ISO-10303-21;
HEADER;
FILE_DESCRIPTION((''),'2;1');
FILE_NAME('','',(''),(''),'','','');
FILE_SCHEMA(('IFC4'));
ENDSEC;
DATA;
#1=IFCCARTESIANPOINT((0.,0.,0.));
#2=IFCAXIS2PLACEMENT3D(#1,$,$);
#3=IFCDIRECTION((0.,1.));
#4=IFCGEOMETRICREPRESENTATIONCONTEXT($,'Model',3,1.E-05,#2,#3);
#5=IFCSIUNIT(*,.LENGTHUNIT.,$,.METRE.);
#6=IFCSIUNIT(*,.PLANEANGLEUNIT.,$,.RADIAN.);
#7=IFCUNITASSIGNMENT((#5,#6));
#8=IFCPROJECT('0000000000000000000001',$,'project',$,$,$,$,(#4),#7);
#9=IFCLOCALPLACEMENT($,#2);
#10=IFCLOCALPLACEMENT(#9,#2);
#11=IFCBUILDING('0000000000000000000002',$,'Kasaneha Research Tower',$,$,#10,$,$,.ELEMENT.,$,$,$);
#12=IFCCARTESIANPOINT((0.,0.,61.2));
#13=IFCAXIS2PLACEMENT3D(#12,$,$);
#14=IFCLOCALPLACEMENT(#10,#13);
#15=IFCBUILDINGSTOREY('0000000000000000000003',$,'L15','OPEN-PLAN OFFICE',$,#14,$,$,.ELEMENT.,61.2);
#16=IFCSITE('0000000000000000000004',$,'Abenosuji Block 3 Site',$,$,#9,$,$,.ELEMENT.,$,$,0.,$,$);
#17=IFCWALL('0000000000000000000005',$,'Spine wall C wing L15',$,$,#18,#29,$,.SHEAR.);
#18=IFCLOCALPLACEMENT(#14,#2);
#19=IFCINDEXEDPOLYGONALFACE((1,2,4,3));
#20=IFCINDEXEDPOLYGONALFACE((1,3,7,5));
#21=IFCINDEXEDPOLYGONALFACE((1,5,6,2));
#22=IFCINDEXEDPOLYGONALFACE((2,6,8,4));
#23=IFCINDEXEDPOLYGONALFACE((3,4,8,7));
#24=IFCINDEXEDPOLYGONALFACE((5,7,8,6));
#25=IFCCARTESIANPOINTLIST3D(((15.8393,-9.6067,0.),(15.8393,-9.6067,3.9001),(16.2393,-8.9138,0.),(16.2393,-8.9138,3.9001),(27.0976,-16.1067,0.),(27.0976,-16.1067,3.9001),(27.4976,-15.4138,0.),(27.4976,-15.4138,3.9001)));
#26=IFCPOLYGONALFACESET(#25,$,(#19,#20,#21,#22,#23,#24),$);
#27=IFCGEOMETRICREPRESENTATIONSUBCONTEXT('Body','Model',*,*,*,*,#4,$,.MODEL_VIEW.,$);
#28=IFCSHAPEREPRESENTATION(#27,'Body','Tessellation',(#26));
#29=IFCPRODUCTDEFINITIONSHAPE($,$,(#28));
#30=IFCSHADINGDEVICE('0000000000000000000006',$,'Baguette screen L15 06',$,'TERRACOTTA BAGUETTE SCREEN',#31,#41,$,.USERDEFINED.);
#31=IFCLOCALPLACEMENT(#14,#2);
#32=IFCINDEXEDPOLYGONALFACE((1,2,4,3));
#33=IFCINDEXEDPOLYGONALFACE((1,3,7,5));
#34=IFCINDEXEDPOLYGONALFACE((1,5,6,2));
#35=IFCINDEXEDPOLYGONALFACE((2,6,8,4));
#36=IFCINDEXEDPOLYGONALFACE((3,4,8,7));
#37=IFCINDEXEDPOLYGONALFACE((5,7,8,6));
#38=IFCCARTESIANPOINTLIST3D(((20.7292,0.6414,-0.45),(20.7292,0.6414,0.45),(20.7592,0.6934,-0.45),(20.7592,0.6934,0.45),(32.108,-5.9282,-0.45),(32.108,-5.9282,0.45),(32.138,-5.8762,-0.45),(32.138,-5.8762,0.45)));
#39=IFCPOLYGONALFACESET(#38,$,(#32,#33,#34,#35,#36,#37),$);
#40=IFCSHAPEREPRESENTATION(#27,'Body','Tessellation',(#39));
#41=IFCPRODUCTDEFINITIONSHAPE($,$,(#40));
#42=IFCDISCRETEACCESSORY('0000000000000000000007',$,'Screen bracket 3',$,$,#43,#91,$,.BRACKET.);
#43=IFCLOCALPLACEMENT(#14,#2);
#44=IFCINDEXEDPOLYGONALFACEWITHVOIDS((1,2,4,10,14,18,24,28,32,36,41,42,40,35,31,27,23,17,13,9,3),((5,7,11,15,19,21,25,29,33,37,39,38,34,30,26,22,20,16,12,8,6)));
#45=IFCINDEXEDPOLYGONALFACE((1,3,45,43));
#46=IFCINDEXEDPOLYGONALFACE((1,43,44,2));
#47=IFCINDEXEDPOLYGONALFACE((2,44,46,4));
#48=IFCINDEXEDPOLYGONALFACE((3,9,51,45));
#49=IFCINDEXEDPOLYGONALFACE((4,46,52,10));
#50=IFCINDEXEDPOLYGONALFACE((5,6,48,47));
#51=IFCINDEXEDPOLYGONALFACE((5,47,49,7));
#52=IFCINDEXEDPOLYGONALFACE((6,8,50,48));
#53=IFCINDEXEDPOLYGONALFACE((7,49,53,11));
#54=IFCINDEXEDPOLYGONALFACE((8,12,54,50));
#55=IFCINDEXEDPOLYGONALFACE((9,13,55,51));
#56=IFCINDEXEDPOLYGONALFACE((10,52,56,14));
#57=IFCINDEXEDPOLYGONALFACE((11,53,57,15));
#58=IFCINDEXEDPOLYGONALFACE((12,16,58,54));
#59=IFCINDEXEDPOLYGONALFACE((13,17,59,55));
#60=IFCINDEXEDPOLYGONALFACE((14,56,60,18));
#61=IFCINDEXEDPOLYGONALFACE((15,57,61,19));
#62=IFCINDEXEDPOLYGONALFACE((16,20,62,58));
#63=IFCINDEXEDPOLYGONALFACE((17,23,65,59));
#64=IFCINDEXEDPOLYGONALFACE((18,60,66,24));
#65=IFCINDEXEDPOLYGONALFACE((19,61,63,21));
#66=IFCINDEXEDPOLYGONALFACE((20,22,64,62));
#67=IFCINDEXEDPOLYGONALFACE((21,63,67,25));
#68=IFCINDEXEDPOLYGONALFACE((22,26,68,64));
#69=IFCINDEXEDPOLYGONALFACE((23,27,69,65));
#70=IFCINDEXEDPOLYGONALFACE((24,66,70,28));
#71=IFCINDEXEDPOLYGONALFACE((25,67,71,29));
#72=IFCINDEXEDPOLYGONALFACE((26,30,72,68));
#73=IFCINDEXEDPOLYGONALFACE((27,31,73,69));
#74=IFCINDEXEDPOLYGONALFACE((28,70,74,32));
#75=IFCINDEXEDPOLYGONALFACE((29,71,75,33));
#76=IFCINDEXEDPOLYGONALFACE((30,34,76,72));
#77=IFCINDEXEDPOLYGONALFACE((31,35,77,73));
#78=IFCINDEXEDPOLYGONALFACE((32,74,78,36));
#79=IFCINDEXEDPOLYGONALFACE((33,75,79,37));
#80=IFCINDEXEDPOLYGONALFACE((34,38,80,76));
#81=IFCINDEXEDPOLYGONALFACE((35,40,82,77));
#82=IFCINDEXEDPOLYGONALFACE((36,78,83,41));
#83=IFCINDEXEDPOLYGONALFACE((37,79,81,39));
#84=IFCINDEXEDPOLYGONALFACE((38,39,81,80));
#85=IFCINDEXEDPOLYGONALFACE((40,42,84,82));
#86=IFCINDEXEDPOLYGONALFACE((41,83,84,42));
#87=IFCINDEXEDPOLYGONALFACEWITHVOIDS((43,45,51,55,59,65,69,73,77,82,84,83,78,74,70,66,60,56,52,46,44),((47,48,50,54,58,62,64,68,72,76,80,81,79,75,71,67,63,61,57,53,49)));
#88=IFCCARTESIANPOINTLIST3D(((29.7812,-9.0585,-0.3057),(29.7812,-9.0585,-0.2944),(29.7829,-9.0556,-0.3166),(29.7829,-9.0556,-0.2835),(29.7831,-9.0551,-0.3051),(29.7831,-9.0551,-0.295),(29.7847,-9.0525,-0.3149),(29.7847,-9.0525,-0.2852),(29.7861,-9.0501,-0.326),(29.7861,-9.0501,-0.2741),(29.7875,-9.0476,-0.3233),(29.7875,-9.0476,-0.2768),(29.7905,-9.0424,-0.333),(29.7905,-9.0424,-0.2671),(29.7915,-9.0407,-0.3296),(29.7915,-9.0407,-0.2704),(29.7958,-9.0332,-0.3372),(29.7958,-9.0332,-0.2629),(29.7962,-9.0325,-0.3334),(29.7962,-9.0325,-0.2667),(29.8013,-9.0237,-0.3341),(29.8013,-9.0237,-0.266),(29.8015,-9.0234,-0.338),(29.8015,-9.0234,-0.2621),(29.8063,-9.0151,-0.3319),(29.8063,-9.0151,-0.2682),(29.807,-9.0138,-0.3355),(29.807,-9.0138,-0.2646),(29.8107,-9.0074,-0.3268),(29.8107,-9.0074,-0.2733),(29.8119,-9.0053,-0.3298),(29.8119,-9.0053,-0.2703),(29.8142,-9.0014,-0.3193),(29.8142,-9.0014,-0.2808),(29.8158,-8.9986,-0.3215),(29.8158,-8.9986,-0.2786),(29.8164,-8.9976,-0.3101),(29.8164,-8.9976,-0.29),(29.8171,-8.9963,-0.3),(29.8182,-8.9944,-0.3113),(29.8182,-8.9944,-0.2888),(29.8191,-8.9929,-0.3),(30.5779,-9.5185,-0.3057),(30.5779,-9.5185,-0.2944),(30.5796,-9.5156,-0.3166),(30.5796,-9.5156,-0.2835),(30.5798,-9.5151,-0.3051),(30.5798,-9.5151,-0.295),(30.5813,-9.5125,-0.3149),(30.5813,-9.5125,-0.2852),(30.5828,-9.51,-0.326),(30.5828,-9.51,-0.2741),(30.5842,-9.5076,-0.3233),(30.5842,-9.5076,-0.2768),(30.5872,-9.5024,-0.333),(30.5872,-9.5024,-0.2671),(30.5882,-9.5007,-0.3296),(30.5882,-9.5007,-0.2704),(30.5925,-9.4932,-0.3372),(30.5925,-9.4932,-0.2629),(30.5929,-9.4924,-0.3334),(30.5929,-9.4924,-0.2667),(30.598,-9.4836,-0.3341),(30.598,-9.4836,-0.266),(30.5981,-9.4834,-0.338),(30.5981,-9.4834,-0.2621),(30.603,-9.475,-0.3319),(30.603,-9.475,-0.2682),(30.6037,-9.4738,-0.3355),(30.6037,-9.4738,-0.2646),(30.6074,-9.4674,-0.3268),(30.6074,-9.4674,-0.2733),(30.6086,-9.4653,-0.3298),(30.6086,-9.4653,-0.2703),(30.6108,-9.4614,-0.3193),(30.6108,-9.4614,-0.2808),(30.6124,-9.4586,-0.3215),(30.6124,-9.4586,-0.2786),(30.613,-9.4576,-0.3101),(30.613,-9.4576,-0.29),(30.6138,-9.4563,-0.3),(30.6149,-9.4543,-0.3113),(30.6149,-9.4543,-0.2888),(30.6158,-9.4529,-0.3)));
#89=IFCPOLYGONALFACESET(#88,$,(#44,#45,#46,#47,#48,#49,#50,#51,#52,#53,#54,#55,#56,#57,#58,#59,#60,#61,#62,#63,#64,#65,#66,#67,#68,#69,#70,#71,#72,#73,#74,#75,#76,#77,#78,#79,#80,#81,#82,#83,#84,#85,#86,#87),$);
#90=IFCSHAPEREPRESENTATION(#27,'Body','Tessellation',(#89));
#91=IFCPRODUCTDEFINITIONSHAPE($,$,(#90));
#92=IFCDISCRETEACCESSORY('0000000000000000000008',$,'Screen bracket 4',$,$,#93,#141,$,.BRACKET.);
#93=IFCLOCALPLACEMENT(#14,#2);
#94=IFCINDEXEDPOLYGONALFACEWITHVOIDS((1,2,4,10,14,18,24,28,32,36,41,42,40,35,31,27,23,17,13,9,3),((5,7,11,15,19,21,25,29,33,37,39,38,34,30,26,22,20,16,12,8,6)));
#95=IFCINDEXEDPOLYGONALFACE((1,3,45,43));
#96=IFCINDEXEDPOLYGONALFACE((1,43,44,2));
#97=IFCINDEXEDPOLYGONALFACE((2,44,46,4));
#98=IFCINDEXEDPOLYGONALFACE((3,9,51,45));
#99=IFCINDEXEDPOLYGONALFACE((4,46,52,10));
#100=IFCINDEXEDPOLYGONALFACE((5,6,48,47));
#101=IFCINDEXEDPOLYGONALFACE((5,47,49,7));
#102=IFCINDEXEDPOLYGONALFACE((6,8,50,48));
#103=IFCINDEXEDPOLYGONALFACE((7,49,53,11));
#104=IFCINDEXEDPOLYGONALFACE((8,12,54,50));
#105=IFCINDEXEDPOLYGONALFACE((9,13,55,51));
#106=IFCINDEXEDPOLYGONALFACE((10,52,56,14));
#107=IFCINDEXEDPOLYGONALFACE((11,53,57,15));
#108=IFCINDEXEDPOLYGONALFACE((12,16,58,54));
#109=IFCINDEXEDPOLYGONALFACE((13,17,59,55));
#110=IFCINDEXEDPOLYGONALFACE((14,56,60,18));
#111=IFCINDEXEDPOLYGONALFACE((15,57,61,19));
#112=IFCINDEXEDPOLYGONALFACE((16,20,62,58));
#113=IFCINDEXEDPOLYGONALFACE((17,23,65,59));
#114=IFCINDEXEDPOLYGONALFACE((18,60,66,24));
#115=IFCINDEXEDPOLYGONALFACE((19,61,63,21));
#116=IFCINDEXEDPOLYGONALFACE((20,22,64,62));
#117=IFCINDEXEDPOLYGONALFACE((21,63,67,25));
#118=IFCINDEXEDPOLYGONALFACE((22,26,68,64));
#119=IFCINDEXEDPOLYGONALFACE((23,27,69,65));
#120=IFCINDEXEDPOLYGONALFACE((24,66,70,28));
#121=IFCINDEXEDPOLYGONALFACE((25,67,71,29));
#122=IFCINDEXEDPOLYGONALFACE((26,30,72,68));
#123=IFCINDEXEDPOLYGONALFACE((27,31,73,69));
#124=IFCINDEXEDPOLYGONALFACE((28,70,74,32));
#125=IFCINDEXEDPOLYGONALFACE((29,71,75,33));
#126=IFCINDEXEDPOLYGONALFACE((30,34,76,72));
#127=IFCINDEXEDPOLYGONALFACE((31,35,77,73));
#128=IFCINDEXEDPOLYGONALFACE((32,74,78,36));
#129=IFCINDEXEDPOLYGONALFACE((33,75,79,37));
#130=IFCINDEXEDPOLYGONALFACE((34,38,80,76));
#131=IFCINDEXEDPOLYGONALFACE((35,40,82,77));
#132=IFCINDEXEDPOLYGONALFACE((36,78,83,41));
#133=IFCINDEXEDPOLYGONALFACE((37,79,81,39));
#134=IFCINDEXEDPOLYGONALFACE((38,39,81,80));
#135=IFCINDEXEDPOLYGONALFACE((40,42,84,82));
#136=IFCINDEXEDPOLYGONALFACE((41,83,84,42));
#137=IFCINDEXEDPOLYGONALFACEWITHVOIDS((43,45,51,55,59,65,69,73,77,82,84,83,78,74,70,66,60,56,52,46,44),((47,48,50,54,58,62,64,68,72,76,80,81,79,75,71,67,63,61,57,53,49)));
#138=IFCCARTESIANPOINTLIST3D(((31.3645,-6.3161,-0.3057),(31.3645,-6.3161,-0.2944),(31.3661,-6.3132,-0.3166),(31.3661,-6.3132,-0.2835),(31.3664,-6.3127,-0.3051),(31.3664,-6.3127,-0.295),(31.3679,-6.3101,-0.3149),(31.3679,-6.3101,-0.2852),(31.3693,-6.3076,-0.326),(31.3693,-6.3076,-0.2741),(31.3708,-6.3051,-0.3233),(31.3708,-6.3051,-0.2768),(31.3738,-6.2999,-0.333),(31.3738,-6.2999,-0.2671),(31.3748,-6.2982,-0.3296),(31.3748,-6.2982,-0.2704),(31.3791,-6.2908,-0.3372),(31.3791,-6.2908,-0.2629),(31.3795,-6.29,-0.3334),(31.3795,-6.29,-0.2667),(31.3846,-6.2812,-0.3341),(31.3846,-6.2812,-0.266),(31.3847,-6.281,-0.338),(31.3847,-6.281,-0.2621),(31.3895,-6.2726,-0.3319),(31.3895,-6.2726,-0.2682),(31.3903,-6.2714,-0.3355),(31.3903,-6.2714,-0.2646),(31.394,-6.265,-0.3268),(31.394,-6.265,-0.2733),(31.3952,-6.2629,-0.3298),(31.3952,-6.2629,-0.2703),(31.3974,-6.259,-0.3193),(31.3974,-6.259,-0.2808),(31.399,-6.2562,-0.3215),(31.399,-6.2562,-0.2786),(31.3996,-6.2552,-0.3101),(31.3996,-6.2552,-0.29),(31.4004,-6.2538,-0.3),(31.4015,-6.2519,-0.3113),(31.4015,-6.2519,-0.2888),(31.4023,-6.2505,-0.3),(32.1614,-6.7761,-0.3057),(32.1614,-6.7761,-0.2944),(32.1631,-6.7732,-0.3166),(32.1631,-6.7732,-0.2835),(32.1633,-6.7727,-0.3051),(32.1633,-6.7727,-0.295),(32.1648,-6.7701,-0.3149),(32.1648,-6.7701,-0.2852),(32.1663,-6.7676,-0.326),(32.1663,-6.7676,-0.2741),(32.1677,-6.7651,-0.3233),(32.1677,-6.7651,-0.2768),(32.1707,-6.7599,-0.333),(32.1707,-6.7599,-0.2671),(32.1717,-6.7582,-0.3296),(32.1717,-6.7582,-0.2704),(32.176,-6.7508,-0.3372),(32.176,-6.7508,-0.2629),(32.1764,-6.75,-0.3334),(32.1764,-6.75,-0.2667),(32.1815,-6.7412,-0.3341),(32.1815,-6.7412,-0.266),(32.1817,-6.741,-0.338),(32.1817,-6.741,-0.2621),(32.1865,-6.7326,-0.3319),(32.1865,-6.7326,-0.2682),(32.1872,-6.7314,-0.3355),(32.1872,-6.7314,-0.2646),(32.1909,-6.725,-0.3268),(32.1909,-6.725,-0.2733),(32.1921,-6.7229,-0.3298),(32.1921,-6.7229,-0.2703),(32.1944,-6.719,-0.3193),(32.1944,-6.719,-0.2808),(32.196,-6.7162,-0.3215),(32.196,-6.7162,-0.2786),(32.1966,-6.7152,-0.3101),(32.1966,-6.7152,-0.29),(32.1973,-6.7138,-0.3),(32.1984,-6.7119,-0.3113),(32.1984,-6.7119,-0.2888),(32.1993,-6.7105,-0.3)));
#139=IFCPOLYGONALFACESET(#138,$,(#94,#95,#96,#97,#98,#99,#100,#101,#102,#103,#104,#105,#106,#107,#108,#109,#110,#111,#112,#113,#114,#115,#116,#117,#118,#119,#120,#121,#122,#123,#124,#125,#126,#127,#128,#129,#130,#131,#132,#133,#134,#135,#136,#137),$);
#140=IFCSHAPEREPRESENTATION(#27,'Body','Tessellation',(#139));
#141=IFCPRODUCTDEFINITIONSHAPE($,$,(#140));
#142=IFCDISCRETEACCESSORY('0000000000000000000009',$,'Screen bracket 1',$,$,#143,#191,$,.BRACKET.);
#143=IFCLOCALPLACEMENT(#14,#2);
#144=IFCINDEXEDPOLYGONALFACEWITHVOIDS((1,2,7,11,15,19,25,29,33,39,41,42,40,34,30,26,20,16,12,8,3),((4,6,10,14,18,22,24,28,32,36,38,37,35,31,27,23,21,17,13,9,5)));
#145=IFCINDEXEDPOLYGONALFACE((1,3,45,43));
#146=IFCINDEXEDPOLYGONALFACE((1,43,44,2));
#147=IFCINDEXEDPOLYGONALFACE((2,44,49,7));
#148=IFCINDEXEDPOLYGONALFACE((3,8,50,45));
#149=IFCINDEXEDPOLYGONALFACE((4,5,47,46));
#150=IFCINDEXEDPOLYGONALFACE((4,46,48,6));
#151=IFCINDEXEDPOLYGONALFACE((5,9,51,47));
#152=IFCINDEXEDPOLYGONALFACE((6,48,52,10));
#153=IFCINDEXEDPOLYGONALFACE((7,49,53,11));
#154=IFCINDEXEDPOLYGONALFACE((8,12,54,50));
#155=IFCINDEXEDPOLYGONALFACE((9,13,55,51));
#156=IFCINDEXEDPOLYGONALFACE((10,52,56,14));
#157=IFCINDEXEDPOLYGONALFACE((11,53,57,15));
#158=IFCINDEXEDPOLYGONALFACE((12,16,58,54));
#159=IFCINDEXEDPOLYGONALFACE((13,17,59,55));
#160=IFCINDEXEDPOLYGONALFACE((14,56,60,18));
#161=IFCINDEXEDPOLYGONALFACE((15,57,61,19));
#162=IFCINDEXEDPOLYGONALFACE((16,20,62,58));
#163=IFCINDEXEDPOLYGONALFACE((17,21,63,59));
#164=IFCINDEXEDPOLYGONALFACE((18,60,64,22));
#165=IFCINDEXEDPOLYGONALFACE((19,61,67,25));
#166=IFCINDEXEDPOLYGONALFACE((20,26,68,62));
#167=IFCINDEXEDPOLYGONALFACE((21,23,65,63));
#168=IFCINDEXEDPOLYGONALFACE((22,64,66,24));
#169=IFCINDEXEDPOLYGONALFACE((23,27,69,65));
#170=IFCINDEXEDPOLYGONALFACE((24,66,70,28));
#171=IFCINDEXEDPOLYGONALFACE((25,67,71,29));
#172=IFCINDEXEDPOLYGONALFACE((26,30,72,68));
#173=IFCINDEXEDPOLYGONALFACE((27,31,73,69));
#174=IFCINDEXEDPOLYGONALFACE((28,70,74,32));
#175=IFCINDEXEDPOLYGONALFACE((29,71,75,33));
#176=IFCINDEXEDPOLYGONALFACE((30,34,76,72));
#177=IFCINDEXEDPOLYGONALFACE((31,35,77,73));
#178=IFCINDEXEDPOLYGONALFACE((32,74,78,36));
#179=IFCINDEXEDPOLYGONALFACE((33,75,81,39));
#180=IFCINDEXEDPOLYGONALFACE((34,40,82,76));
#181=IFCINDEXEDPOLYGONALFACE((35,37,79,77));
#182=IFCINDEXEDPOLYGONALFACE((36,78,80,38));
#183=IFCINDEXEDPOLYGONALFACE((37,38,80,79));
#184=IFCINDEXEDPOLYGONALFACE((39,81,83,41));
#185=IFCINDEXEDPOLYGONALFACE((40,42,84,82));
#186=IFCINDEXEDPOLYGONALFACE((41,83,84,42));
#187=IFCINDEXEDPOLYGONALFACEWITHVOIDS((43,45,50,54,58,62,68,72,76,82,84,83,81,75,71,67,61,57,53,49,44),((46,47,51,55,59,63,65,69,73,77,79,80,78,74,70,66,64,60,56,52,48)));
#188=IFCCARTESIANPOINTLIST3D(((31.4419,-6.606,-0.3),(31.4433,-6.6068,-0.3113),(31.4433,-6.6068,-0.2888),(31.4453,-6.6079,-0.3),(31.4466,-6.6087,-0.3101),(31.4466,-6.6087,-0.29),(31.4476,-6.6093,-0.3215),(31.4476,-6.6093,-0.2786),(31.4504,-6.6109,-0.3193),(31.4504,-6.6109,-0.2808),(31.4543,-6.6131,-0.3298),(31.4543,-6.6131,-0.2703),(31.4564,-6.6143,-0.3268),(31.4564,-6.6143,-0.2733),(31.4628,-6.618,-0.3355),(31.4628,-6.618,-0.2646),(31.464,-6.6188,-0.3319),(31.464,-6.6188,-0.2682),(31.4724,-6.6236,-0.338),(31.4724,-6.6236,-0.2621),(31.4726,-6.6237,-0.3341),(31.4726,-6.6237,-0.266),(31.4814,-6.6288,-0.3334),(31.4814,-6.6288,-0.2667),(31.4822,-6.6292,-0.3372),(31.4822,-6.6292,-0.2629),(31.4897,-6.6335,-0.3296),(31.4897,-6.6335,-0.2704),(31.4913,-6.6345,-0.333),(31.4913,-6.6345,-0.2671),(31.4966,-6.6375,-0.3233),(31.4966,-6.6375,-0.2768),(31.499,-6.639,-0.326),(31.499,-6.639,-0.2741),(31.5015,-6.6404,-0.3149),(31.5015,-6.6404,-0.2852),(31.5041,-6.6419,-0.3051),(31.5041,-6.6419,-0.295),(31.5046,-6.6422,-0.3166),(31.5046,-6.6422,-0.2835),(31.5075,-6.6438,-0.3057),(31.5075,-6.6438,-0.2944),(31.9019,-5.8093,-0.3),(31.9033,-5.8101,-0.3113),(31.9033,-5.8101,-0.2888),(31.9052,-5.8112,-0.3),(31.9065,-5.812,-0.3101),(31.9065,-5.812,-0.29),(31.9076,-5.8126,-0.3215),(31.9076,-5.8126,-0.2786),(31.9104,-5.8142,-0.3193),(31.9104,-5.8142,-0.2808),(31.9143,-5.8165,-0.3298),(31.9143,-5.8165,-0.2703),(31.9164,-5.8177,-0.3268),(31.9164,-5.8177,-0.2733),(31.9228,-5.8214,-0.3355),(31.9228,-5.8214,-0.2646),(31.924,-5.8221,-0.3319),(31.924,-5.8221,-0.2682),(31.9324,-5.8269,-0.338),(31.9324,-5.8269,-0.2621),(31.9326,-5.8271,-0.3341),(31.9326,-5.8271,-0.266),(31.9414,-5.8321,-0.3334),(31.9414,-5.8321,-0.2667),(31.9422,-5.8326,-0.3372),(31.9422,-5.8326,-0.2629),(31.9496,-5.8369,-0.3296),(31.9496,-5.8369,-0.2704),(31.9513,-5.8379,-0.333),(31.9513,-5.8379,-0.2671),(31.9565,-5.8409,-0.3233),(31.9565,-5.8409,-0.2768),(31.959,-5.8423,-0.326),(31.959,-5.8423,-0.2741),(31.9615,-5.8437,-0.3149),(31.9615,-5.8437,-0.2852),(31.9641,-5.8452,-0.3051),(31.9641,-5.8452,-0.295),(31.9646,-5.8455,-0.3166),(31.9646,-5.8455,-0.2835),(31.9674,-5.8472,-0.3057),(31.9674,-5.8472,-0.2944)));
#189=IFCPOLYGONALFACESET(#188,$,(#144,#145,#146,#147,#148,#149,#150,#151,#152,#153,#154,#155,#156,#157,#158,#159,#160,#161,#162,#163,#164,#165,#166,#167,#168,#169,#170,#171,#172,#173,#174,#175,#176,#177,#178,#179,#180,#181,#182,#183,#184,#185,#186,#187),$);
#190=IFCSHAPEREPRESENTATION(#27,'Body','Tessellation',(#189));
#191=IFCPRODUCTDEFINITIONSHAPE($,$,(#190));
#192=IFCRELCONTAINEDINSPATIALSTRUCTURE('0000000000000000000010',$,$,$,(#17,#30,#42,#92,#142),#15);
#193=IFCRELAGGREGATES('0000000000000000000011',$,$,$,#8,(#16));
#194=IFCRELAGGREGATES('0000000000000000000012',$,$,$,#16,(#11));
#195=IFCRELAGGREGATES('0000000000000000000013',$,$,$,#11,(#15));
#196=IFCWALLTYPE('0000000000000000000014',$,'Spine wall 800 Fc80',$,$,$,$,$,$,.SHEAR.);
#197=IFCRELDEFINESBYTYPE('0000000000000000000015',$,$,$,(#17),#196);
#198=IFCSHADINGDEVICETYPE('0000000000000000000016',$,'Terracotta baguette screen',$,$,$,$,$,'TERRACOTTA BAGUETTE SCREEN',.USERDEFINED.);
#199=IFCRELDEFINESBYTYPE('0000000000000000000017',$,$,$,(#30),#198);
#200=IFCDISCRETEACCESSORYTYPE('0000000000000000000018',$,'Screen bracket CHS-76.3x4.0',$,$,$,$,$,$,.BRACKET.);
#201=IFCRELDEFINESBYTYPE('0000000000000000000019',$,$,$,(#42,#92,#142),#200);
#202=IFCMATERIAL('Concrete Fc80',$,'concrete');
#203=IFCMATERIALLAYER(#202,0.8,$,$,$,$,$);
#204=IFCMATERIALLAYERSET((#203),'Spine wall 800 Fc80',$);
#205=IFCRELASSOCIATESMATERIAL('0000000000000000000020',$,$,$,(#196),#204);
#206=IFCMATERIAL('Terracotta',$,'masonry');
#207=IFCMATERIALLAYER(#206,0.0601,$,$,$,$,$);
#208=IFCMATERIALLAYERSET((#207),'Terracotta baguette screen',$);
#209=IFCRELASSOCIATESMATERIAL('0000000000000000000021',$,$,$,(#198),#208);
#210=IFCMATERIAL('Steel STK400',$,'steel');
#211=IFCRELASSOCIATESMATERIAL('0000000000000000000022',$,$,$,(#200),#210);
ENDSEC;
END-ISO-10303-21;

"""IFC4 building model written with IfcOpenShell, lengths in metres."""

from ifc_helpers import new_model, si_unit, direction, frame, frame_2d, origin, origin_2d, place, context, subcontext, project, spatial, rectangle, hollow_circle, extrude, material, layer, layer_set, material_profile, profile_set, type_object, element, save


model = new_model("IFC4")

# Units and contexts
model_context = context("Model", 3, precision=1e-05, world=origin(), true_north=direction((0.0, 1.0)))
body_context = subcontext(model_context, "Body", "Model", "MODEL_VIEW")
ifc_project = project(units=[si_unit("LENGTHUNIT", "METRE"), si_unit("PLANEANGLEUNIT", "RADIAN")], contexts=[model_context])

# Site, building, storey
site_placement = place(None, origin())
site = spatial("IfcSite", under=ifc_project, at=site_placement, Name="Abenosuji Block 3 Site", CompositionType="ELEMENT", RefElevation=0.0)
building_placement = place(site_placement, origin())
building = spatial("IfcBuilding", under=site, at=building_placement, Name="Kasaneha Research Tower", CompositionType="ELEMENT")
storey_placement = place(building_placement, frame((0.0, 0.0, 61.2)))
storey = spatial("IfcBuildingStorey", under=building, at=storey_placement, Name="L15", Description="OPEN-PLAN OFFICE", CompositionType="ELEMENT", Elevation=61.2)

# Wall
ifc_material_1 = material(Name="Concrete Fc80", Category="concrete")
ifc_layer_1 = layer(ifc_material_1, 0.8)
ifc_layer_set_1 = layer_set([ifc_layer_1], Name="Spine wall 800 Fc80")
wall_type_1 = type_object("IfcWallType", Name="Spine wall 800 Fc80", PredefinedType="SHEAR", material=ifc_layer_set_1)
wall_1_placement = place(storey_placement, frame((16.0393, -9.2603, 0.0), z_axis=(0.0, 0.0, 1.0), x_axis=(0.866025, -0.500001, 0.0)))
element("IfcWall", 1, at=wall_1_placement, inside=storey, type_object=wall_type_1, Name="Spine wall C wing L15", PredefinedType="SHEAR", context=body_context, shape_type="SweptSolid", body=[
    extrude(rectangle(XDim=13.0, YDim=0.8, at=frame_2d((6.5, 0.0))), origin(), (0.0, 0.0, 1.0), 3.9001),
])

# Shading device
ifc_material_2 = material(Name="Terracotta", Category="masonry")
ifc_layer_2 = layer(ifc_material_2, 0.0601)
ifc_layer_set_2 = layer_set([ifc_layer_2], Name="Terracotta baguette screen")
shading_device_type = type_object("IfcShadingDeviceType", Name="Terracotta baguette screen", ElementType="TERRACOTTA BAGUETTE SCREEN", PredefinedType="USERDEFINED", material=ifc_layer_set_2)
shading_device_placement = place(storey_placement, frame((26.4336, -2.6174, -0.45), z_axis=(0.0, 0.0, 1.0), x_axis=(-0.866025, 0.5, 0.0)))
element("IfcShadingDevice", 2, at=shading_device_placement, inside=storey, type_object=shading_device_type, Name="Baguette screen L15 06", ObjectType="TERRACOTTA BAGUETTE SCREEN", PredefinedType="USERDEFINED", context=body_context, shape_type="SweptSolid", body=[
    extrude(rectangle(XDim=13.1392, YDim=0.0601, at=origin_2d()), origin(), (0.0, 0.0, 1.0), 0.8999),
])

# Discrete accessories
ifc_material_3 = material(Name="Steel STK400", Category="steel")
ifc_material_profile_1 = material_profile(ifc_material_3, hollow_circle(Radius=0.0381, WallThickness=0.0039, at=origin_2d()), Name="CHS-76.3x4.0")
ifc_profile_set_1 = profile_set([ifc_material_profile_1], Name="Steel STK400")
discrete_accessory_type = type_object("IfcDiscreteAccessoryType", Name="Screen bracket CHS-76.3x4.0", PredefinedType="BRACKET", material=ifc_profile_set_1)
discrete_accessory_1_placement = place(storey_placement, frame((29.8, -9.0259, -0.3), z_axis=(0.866013, -0.500021, 0.0), x_axis=(0.500021, 0.866013, 0.0)))
element("IfcDiscreteAccessory", 3, at=discrete_accessory_1_placement, inside=storey, type_object=discrete_accessory_type, Name="Screen bracket 3", PredefinedType="BRACKET", context=body_context, shape_type="SweptSolid", body=[
    extrude(hollow_circle(Radius=0.0381, WallThickness=0.0039, at=origin_2d()), origin(), (0.0, 0.0, 1.0), 0.9199),
])
discrete_accessory_2_placement = place(storey_placement, frame((31.3833, -6.2834, -0.3), z_axis=(0.86608, -0.499906, 0.0), x_axis=(0.499906, 0.86608, 0.0)))
element("IfcDiscreteAccessory", 4, at=discrete_accessory_2_placement, inside=storey, type_object=discrete_accessory_type, Name="Screen bracket 4", PredefinedType="BRACKET", context=body_context, shape_type="SweptSolid", body=[
    extrude(hollow_circle(Radius=0.0381, WallThickness=0.0039, at=origin_2d()), origin(), (0.0, 0.0, 1.0), 0.9202),
])
discrete_accessory_3_placement = place(storey_placement, frame((31.4749, -6.625, -0.3), z_axis=(0.500021, 0.866013, 0.0), x_axis=(-0.866013, 0.500021, 0.0)))
element("IfcDiscreteAccessory", 5, at=discrete_accessory_3_placement, inside=storey, type_object=discrete_accessory_type, Name="Screen bracket 1", PredefinedType="BRACKET", context=body_context, shape_type="SweptSolid", body=[
    extrude(hollow_circle(Radius=0.0381, WallThickness=0.0039, at=origin_2d()), origin(), (0.0, 0.0, 1.0), 0.9199),
])

save(model, "model.ifc")
